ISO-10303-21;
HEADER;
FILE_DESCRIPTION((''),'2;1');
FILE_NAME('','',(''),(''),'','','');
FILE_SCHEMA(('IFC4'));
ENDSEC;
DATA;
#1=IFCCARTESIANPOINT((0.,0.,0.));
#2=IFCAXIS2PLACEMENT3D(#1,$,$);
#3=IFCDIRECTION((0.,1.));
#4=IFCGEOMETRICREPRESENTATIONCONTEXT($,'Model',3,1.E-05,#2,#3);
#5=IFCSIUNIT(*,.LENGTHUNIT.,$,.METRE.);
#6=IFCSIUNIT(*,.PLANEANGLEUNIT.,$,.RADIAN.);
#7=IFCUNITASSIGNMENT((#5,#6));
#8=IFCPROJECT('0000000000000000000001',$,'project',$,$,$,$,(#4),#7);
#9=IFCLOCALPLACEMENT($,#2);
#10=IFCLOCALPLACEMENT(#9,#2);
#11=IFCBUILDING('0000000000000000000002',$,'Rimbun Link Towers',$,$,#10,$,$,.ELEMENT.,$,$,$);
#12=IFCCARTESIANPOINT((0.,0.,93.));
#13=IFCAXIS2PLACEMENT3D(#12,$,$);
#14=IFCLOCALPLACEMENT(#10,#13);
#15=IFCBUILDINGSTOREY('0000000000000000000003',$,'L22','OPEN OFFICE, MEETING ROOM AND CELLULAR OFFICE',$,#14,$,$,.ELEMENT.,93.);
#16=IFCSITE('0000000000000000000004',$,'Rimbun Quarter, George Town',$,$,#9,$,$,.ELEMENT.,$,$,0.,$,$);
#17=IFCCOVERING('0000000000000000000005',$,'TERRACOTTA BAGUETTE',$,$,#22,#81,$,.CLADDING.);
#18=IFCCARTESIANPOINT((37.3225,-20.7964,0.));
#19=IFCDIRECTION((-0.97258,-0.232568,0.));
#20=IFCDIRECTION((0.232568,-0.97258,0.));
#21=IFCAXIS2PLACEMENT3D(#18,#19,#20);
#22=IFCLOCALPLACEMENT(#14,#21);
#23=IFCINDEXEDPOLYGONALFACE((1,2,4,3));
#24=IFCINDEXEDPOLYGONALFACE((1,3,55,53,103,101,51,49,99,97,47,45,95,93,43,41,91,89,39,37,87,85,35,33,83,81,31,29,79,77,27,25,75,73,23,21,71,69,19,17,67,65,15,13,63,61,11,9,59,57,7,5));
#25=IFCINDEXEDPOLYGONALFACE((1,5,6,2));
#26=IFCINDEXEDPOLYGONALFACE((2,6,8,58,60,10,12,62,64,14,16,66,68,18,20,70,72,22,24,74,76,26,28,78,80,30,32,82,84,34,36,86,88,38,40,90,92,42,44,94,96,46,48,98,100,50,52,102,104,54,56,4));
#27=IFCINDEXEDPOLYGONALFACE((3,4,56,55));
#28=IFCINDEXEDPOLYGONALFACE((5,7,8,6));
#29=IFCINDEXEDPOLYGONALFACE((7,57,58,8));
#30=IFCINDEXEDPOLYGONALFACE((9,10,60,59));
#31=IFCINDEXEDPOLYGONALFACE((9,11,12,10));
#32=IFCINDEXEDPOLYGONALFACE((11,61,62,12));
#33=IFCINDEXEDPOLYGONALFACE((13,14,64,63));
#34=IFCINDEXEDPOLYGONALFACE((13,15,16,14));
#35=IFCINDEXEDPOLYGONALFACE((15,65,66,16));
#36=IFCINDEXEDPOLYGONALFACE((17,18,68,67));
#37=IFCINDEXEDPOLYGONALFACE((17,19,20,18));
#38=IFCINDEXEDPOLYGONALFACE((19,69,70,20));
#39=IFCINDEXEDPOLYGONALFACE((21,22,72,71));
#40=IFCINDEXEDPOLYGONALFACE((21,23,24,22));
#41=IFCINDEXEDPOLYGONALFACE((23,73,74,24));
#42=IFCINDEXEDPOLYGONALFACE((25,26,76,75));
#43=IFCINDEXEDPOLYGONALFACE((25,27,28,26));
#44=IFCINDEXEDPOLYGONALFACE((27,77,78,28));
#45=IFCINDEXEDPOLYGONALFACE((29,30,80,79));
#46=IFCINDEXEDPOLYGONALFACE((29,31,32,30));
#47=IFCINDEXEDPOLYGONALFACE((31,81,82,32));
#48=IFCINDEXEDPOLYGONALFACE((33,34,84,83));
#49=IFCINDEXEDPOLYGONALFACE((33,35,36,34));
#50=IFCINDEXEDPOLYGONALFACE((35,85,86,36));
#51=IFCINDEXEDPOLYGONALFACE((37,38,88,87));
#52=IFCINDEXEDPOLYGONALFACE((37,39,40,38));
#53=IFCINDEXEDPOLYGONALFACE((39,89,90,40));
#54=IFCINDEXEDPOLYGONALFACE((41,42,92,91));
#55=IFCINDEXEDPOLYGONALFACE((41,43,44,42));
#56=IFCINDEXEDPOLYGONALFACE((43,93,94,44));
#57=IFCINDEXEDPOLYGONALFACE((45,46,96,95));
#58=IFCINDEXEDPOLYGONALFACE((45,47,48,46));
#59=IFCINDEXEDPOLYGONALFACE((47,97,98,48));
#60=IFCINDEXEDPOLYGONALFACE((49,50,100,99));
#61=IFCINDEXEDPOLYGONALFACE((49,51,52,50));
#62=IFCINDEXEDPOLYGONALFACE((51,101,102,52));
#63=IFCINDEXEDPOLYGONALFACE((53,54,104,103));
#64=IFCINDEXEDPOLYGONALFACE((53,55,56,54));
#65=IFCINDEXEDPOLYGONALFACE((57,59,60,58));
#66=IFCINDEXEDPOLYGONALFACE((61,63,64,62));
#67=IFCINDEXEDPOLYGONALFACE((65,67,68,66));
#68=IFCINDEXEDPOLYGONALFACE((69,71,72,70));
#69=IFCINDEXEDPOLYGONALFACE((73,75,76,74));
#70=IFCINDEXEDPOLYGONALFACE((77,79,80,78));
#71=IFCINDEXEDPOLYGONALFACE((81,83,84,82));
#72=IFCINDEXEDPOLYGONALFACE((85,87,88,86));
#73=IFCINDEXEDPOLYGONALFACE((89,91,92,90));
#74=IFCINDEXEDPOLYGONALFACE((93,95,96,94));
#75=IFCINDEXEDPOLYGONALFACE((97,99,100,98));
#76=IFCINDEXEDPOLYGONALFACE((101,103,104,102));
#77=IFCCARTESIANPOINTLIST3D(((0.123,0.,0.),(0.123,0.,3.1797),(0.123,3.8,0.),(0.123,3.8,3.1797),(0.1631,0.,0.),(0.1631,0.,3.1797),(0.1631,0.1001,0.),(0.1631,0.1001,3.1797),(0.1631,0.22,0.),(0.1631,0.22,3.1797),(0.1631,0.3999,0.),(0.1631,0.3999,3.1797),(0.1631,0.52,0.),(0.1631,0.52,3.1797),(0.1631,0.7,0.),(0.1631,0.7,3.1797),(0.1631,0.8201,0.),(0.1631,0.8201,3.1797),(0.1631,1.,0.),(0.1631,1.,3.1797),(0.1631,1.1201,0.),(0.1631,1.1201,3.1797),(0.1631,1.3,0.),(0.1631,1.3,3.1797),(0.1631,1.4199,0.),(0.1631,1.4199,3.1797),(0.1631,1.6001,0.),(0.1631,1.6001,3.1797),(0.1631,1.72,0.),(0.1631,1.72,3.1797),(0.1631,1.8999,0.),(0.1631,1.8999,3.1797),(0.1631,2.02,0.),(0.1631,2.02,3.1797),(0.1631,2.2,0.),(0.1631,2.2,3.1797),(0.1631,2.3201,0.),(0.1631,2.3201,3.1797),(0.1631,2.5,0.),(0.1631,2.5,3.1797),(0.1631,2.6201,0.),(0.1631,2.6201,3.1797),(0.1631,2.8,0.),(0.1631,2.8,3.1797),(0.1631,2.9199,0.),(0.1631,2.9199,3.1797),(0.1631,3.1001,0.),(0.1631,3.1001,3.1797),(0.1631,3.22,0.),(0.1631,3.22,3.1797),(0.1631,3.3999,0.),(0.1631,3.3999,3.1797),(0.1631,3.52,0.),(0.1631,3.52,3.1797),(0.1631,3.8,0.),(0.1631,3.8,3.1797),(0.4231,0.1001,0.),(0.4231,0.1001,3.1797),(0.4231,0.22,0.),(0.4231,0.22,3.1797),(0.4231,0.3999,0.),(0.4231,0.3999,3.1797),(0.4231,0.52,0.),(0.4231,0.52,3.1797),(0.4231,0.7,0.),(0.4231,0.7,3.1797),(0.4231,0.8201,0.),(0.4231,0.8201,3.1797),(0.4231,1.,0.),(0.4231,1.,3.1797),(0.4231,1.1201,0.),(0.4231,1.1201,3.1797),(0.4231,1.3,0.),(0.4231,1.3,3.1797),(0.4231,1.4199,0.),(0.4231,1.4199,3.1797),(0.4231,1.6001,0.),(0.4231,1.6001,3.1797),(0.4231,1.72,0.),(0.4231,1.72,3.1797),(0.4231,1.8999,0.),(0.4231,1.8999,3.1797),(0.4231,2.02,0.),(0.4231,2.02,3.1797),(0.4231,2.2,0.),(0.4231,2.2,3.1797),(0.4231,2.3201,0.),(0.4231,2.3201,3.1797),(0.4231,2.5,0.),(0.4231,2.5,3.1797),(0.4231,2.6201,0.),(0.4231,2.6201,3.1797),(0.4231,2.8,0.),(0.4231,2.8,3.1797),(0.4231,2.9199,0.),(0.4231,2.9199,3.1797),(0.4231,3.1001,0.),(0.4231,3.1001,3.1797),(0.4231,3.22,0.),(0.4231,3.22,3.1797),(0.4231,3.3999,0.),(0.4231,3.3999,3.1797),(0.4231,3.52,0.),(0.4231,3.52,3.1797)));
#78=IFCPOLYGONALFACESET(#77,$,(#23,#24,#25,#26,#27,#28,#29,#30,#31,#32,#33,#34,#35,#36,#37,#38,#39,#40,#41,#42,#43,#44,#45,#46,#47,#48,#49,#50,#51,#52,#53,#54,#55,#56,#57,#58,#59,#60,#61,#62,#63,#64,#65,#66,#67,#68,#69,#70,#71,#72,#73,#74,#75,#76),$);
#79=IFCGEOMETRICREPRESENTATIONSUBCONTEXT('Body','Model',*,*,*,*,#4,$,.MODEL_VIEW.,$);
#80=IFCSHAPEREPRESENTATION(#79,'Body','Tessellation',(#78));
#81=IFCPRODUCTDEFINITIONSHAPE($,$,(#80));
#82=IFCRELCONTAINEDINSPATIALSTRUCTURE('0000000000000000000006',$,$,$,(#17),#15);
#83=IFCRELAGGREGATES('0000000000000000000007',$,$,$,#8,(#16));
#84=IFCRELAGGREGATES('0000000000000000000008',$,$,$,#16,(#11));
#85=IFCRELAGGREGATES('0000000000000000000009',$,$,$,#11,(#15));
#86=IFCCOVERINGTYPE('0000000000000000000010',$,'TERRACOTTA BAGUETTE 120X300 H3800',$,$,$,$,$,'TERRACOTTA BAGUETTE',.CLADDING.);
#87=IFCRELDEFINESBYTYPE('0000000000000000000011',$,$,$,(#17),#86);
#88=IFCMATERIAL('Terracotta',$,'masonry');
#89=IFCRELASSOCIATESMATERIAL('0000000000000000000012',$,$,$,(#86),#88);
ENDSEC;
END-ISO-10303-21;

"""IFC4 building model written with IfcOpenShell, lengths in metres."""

from ifc_helpers import new_model, si_unit, direction, frame, origin, place, context, subcontext, project, spatial, polyline, outline, extrude, material, material_profile, profile_set, type_object, element, save


model = new_model("IFC4")

# Units and contexts
model_context = context("Model", 3, precision=1e-05, world=origin(), true_north=direction((0.0, 1.0)))
body_context = subcontext(model_context, "Body", "Model", "MODEL_VIEW")
ifc_project = project(units=[si_unit("LENGTHUNIT", "METRE"), si_unit("PLANEANGLEUNIT", "RADIAN")], contexts=[model_context])

# Site, building, storey
site_placement = place(None, origin())
site = spatial("IfcSite", under=ifc_project, at=site_placement, Name="Rimbun Quarter, George Town", CompositionType="ELEMENT", RefElevation=0.0)
building_placement = place(site_placement, origin())
building = spatial("IfcBuilding", under=site, at=building_placement, Name="Rimbun Link Towers", CompositionType="ELEMENT")
storey_placement = place(building_placement, frame((0.0, 0.0, 93.0)))
storey = spatial("IfcBuildingStorey", under=building, at=storey_placement, Name="L22", Description="OPEN OFFICE, MEETING ROOM AND CELLULAR OFFICE", CompositionType="ELEMENT", Elevation=93.0)

# Covering
ifc_material_1 = material(Name="Terracotta", Category="masonry")
ifc_material_profile_1 = material_profile(ifc_material_1, outline(polyline([(0.123, 0.0), (0.1631, 0.0), (0.1631, 0.1001), (0.4231, 0.1001), (0.4231, 0.22), (0.1631, 0.22), (0.1631, 0.3999), (0.4231, 0.3999), (0.4231, 0.52), (0.1631, 0.52), (0.1631, 0.7), (0.4231, 0.7), (0.4231, 0.8201), (0.1631, 0.8201), (0.1631, 1.0), (0.4231, 1.0), (0.4231, 1.1201), (0.1631, 1.1201), (0.1631, 1.3), (0.4231, 1.3), (0.4231, 1.4199), (0.1631, 1.4199), (0.1631, 1.6001), (0.4231, 1.6001), (0.4231, 1.72), (0.1631, 1.72), (0.1631, 1.8999), (0.4231, 1.8999), (0.4231, 2.02), (0.1631, 2.02), (0.1631, 2.2), (0.4231, 2.2), (0.4231, 2.3201), (0.1631, 2.3201), (0.1631, 2.5), (0.4231, 2.5), (0.4231, 2.6201), (0.1631, 2.6201), (0.1631, 2.8), (0.4231, 2.8), (0.4231, 2.9199), (0.1631, 2.9199), (0.1631, 3.1001), (0.4231, 3.1001), (0.4231, 3.22), (0.1631, 3.22), (0.1631, 3.3999), (0.4231, 3.3999), (0.4231, 3.52), (0.1631, 3.52), (0.1631, 3.8), (0.123, 3.8), (0.123, 0.0)])), Name="BAGUETTE 120X300")
ifc_profile_set_1 = profile_set([ifc_material_profile_1], Name="Terracotta")
covering_type = type_object("IfcCoveringType", Name="TERRACOTTA BAGUETTE 120X300 H3800", ElementType="TERRACOTTA BAGUETTE", PredefinedType="CLADDING", material=ifc_profile_set_1)
covering_placement = place(storey_placement, frame((37.3225, -20.7964, 0.0), z_axis=(-0.97258, -0.232568, 0.0), x_axis=(0.232568, -0.97258, 0.0)))
element("IfcCovering", 1, at=covering_placement, inside=storey, type_object=covering_type, Name="TERRACOTTA BAGUETTE", PredefinedType="CLADDING", context=body_context, shape_type="SweptSolid", body=[
    extrude(outline(polyline([(0.123, 0.0), (0.1631, 0.0), (0.1631, 0.1001), (0.4231, 0.1001), (0.4231, 0.22), (0.1631, 0.22), (0.1631, 0.3999), (0.4231, 0.3999), (0.4231, 0.52), (0.1631, 0.52), (0.1631, 0.7), (0.4231, 0.7), (0.4231, 0.8201), (0.1631, 0.8201), (0.1631, 1.0), (0.4231, 1.0), (0.4231, 1.1201), (0.1631, 1.1201), (0.1631, 1.3), (0.4231, 1.3), (0.4231, 1.4199), (0.1631, 1.4199), (0.1631, 1.6001), (0.4231, 1.6001), (0.4231, 1.72), (0.1631, 1.72), (0.1631, 1.8999), (0.4231, 1.8999), (0.4231, 2.02), (0.1631, 2.02), (0.1631, 2.2), (0.4231, 2.2), (0.4231, 2.3201), (0.1631, 2.3201), (0.1631, 2.5), (0.4231, 2.5), (0.4231, 2.6201), (0.1631, 2.6201), (0.1631, 2.8), (0.4231, 2.8), (0.4231, 2.9199), (0.1631, 2.9199), (0.1631, 3.1001), (0.4231, 3.1001), (0.4231, 3.22), (0.1631, 3.22), (0.1631, 3.3999), (0.4231, 3.3999), (0.4231, 3.52), (0.1631, 3.52), (0.1631, 3.8), (0.123, 3.8), (0.123, 0.0)])), origin(), (0.0, 0.0, 1.0), 3.1797),
])

save(model, "model.ifc")
